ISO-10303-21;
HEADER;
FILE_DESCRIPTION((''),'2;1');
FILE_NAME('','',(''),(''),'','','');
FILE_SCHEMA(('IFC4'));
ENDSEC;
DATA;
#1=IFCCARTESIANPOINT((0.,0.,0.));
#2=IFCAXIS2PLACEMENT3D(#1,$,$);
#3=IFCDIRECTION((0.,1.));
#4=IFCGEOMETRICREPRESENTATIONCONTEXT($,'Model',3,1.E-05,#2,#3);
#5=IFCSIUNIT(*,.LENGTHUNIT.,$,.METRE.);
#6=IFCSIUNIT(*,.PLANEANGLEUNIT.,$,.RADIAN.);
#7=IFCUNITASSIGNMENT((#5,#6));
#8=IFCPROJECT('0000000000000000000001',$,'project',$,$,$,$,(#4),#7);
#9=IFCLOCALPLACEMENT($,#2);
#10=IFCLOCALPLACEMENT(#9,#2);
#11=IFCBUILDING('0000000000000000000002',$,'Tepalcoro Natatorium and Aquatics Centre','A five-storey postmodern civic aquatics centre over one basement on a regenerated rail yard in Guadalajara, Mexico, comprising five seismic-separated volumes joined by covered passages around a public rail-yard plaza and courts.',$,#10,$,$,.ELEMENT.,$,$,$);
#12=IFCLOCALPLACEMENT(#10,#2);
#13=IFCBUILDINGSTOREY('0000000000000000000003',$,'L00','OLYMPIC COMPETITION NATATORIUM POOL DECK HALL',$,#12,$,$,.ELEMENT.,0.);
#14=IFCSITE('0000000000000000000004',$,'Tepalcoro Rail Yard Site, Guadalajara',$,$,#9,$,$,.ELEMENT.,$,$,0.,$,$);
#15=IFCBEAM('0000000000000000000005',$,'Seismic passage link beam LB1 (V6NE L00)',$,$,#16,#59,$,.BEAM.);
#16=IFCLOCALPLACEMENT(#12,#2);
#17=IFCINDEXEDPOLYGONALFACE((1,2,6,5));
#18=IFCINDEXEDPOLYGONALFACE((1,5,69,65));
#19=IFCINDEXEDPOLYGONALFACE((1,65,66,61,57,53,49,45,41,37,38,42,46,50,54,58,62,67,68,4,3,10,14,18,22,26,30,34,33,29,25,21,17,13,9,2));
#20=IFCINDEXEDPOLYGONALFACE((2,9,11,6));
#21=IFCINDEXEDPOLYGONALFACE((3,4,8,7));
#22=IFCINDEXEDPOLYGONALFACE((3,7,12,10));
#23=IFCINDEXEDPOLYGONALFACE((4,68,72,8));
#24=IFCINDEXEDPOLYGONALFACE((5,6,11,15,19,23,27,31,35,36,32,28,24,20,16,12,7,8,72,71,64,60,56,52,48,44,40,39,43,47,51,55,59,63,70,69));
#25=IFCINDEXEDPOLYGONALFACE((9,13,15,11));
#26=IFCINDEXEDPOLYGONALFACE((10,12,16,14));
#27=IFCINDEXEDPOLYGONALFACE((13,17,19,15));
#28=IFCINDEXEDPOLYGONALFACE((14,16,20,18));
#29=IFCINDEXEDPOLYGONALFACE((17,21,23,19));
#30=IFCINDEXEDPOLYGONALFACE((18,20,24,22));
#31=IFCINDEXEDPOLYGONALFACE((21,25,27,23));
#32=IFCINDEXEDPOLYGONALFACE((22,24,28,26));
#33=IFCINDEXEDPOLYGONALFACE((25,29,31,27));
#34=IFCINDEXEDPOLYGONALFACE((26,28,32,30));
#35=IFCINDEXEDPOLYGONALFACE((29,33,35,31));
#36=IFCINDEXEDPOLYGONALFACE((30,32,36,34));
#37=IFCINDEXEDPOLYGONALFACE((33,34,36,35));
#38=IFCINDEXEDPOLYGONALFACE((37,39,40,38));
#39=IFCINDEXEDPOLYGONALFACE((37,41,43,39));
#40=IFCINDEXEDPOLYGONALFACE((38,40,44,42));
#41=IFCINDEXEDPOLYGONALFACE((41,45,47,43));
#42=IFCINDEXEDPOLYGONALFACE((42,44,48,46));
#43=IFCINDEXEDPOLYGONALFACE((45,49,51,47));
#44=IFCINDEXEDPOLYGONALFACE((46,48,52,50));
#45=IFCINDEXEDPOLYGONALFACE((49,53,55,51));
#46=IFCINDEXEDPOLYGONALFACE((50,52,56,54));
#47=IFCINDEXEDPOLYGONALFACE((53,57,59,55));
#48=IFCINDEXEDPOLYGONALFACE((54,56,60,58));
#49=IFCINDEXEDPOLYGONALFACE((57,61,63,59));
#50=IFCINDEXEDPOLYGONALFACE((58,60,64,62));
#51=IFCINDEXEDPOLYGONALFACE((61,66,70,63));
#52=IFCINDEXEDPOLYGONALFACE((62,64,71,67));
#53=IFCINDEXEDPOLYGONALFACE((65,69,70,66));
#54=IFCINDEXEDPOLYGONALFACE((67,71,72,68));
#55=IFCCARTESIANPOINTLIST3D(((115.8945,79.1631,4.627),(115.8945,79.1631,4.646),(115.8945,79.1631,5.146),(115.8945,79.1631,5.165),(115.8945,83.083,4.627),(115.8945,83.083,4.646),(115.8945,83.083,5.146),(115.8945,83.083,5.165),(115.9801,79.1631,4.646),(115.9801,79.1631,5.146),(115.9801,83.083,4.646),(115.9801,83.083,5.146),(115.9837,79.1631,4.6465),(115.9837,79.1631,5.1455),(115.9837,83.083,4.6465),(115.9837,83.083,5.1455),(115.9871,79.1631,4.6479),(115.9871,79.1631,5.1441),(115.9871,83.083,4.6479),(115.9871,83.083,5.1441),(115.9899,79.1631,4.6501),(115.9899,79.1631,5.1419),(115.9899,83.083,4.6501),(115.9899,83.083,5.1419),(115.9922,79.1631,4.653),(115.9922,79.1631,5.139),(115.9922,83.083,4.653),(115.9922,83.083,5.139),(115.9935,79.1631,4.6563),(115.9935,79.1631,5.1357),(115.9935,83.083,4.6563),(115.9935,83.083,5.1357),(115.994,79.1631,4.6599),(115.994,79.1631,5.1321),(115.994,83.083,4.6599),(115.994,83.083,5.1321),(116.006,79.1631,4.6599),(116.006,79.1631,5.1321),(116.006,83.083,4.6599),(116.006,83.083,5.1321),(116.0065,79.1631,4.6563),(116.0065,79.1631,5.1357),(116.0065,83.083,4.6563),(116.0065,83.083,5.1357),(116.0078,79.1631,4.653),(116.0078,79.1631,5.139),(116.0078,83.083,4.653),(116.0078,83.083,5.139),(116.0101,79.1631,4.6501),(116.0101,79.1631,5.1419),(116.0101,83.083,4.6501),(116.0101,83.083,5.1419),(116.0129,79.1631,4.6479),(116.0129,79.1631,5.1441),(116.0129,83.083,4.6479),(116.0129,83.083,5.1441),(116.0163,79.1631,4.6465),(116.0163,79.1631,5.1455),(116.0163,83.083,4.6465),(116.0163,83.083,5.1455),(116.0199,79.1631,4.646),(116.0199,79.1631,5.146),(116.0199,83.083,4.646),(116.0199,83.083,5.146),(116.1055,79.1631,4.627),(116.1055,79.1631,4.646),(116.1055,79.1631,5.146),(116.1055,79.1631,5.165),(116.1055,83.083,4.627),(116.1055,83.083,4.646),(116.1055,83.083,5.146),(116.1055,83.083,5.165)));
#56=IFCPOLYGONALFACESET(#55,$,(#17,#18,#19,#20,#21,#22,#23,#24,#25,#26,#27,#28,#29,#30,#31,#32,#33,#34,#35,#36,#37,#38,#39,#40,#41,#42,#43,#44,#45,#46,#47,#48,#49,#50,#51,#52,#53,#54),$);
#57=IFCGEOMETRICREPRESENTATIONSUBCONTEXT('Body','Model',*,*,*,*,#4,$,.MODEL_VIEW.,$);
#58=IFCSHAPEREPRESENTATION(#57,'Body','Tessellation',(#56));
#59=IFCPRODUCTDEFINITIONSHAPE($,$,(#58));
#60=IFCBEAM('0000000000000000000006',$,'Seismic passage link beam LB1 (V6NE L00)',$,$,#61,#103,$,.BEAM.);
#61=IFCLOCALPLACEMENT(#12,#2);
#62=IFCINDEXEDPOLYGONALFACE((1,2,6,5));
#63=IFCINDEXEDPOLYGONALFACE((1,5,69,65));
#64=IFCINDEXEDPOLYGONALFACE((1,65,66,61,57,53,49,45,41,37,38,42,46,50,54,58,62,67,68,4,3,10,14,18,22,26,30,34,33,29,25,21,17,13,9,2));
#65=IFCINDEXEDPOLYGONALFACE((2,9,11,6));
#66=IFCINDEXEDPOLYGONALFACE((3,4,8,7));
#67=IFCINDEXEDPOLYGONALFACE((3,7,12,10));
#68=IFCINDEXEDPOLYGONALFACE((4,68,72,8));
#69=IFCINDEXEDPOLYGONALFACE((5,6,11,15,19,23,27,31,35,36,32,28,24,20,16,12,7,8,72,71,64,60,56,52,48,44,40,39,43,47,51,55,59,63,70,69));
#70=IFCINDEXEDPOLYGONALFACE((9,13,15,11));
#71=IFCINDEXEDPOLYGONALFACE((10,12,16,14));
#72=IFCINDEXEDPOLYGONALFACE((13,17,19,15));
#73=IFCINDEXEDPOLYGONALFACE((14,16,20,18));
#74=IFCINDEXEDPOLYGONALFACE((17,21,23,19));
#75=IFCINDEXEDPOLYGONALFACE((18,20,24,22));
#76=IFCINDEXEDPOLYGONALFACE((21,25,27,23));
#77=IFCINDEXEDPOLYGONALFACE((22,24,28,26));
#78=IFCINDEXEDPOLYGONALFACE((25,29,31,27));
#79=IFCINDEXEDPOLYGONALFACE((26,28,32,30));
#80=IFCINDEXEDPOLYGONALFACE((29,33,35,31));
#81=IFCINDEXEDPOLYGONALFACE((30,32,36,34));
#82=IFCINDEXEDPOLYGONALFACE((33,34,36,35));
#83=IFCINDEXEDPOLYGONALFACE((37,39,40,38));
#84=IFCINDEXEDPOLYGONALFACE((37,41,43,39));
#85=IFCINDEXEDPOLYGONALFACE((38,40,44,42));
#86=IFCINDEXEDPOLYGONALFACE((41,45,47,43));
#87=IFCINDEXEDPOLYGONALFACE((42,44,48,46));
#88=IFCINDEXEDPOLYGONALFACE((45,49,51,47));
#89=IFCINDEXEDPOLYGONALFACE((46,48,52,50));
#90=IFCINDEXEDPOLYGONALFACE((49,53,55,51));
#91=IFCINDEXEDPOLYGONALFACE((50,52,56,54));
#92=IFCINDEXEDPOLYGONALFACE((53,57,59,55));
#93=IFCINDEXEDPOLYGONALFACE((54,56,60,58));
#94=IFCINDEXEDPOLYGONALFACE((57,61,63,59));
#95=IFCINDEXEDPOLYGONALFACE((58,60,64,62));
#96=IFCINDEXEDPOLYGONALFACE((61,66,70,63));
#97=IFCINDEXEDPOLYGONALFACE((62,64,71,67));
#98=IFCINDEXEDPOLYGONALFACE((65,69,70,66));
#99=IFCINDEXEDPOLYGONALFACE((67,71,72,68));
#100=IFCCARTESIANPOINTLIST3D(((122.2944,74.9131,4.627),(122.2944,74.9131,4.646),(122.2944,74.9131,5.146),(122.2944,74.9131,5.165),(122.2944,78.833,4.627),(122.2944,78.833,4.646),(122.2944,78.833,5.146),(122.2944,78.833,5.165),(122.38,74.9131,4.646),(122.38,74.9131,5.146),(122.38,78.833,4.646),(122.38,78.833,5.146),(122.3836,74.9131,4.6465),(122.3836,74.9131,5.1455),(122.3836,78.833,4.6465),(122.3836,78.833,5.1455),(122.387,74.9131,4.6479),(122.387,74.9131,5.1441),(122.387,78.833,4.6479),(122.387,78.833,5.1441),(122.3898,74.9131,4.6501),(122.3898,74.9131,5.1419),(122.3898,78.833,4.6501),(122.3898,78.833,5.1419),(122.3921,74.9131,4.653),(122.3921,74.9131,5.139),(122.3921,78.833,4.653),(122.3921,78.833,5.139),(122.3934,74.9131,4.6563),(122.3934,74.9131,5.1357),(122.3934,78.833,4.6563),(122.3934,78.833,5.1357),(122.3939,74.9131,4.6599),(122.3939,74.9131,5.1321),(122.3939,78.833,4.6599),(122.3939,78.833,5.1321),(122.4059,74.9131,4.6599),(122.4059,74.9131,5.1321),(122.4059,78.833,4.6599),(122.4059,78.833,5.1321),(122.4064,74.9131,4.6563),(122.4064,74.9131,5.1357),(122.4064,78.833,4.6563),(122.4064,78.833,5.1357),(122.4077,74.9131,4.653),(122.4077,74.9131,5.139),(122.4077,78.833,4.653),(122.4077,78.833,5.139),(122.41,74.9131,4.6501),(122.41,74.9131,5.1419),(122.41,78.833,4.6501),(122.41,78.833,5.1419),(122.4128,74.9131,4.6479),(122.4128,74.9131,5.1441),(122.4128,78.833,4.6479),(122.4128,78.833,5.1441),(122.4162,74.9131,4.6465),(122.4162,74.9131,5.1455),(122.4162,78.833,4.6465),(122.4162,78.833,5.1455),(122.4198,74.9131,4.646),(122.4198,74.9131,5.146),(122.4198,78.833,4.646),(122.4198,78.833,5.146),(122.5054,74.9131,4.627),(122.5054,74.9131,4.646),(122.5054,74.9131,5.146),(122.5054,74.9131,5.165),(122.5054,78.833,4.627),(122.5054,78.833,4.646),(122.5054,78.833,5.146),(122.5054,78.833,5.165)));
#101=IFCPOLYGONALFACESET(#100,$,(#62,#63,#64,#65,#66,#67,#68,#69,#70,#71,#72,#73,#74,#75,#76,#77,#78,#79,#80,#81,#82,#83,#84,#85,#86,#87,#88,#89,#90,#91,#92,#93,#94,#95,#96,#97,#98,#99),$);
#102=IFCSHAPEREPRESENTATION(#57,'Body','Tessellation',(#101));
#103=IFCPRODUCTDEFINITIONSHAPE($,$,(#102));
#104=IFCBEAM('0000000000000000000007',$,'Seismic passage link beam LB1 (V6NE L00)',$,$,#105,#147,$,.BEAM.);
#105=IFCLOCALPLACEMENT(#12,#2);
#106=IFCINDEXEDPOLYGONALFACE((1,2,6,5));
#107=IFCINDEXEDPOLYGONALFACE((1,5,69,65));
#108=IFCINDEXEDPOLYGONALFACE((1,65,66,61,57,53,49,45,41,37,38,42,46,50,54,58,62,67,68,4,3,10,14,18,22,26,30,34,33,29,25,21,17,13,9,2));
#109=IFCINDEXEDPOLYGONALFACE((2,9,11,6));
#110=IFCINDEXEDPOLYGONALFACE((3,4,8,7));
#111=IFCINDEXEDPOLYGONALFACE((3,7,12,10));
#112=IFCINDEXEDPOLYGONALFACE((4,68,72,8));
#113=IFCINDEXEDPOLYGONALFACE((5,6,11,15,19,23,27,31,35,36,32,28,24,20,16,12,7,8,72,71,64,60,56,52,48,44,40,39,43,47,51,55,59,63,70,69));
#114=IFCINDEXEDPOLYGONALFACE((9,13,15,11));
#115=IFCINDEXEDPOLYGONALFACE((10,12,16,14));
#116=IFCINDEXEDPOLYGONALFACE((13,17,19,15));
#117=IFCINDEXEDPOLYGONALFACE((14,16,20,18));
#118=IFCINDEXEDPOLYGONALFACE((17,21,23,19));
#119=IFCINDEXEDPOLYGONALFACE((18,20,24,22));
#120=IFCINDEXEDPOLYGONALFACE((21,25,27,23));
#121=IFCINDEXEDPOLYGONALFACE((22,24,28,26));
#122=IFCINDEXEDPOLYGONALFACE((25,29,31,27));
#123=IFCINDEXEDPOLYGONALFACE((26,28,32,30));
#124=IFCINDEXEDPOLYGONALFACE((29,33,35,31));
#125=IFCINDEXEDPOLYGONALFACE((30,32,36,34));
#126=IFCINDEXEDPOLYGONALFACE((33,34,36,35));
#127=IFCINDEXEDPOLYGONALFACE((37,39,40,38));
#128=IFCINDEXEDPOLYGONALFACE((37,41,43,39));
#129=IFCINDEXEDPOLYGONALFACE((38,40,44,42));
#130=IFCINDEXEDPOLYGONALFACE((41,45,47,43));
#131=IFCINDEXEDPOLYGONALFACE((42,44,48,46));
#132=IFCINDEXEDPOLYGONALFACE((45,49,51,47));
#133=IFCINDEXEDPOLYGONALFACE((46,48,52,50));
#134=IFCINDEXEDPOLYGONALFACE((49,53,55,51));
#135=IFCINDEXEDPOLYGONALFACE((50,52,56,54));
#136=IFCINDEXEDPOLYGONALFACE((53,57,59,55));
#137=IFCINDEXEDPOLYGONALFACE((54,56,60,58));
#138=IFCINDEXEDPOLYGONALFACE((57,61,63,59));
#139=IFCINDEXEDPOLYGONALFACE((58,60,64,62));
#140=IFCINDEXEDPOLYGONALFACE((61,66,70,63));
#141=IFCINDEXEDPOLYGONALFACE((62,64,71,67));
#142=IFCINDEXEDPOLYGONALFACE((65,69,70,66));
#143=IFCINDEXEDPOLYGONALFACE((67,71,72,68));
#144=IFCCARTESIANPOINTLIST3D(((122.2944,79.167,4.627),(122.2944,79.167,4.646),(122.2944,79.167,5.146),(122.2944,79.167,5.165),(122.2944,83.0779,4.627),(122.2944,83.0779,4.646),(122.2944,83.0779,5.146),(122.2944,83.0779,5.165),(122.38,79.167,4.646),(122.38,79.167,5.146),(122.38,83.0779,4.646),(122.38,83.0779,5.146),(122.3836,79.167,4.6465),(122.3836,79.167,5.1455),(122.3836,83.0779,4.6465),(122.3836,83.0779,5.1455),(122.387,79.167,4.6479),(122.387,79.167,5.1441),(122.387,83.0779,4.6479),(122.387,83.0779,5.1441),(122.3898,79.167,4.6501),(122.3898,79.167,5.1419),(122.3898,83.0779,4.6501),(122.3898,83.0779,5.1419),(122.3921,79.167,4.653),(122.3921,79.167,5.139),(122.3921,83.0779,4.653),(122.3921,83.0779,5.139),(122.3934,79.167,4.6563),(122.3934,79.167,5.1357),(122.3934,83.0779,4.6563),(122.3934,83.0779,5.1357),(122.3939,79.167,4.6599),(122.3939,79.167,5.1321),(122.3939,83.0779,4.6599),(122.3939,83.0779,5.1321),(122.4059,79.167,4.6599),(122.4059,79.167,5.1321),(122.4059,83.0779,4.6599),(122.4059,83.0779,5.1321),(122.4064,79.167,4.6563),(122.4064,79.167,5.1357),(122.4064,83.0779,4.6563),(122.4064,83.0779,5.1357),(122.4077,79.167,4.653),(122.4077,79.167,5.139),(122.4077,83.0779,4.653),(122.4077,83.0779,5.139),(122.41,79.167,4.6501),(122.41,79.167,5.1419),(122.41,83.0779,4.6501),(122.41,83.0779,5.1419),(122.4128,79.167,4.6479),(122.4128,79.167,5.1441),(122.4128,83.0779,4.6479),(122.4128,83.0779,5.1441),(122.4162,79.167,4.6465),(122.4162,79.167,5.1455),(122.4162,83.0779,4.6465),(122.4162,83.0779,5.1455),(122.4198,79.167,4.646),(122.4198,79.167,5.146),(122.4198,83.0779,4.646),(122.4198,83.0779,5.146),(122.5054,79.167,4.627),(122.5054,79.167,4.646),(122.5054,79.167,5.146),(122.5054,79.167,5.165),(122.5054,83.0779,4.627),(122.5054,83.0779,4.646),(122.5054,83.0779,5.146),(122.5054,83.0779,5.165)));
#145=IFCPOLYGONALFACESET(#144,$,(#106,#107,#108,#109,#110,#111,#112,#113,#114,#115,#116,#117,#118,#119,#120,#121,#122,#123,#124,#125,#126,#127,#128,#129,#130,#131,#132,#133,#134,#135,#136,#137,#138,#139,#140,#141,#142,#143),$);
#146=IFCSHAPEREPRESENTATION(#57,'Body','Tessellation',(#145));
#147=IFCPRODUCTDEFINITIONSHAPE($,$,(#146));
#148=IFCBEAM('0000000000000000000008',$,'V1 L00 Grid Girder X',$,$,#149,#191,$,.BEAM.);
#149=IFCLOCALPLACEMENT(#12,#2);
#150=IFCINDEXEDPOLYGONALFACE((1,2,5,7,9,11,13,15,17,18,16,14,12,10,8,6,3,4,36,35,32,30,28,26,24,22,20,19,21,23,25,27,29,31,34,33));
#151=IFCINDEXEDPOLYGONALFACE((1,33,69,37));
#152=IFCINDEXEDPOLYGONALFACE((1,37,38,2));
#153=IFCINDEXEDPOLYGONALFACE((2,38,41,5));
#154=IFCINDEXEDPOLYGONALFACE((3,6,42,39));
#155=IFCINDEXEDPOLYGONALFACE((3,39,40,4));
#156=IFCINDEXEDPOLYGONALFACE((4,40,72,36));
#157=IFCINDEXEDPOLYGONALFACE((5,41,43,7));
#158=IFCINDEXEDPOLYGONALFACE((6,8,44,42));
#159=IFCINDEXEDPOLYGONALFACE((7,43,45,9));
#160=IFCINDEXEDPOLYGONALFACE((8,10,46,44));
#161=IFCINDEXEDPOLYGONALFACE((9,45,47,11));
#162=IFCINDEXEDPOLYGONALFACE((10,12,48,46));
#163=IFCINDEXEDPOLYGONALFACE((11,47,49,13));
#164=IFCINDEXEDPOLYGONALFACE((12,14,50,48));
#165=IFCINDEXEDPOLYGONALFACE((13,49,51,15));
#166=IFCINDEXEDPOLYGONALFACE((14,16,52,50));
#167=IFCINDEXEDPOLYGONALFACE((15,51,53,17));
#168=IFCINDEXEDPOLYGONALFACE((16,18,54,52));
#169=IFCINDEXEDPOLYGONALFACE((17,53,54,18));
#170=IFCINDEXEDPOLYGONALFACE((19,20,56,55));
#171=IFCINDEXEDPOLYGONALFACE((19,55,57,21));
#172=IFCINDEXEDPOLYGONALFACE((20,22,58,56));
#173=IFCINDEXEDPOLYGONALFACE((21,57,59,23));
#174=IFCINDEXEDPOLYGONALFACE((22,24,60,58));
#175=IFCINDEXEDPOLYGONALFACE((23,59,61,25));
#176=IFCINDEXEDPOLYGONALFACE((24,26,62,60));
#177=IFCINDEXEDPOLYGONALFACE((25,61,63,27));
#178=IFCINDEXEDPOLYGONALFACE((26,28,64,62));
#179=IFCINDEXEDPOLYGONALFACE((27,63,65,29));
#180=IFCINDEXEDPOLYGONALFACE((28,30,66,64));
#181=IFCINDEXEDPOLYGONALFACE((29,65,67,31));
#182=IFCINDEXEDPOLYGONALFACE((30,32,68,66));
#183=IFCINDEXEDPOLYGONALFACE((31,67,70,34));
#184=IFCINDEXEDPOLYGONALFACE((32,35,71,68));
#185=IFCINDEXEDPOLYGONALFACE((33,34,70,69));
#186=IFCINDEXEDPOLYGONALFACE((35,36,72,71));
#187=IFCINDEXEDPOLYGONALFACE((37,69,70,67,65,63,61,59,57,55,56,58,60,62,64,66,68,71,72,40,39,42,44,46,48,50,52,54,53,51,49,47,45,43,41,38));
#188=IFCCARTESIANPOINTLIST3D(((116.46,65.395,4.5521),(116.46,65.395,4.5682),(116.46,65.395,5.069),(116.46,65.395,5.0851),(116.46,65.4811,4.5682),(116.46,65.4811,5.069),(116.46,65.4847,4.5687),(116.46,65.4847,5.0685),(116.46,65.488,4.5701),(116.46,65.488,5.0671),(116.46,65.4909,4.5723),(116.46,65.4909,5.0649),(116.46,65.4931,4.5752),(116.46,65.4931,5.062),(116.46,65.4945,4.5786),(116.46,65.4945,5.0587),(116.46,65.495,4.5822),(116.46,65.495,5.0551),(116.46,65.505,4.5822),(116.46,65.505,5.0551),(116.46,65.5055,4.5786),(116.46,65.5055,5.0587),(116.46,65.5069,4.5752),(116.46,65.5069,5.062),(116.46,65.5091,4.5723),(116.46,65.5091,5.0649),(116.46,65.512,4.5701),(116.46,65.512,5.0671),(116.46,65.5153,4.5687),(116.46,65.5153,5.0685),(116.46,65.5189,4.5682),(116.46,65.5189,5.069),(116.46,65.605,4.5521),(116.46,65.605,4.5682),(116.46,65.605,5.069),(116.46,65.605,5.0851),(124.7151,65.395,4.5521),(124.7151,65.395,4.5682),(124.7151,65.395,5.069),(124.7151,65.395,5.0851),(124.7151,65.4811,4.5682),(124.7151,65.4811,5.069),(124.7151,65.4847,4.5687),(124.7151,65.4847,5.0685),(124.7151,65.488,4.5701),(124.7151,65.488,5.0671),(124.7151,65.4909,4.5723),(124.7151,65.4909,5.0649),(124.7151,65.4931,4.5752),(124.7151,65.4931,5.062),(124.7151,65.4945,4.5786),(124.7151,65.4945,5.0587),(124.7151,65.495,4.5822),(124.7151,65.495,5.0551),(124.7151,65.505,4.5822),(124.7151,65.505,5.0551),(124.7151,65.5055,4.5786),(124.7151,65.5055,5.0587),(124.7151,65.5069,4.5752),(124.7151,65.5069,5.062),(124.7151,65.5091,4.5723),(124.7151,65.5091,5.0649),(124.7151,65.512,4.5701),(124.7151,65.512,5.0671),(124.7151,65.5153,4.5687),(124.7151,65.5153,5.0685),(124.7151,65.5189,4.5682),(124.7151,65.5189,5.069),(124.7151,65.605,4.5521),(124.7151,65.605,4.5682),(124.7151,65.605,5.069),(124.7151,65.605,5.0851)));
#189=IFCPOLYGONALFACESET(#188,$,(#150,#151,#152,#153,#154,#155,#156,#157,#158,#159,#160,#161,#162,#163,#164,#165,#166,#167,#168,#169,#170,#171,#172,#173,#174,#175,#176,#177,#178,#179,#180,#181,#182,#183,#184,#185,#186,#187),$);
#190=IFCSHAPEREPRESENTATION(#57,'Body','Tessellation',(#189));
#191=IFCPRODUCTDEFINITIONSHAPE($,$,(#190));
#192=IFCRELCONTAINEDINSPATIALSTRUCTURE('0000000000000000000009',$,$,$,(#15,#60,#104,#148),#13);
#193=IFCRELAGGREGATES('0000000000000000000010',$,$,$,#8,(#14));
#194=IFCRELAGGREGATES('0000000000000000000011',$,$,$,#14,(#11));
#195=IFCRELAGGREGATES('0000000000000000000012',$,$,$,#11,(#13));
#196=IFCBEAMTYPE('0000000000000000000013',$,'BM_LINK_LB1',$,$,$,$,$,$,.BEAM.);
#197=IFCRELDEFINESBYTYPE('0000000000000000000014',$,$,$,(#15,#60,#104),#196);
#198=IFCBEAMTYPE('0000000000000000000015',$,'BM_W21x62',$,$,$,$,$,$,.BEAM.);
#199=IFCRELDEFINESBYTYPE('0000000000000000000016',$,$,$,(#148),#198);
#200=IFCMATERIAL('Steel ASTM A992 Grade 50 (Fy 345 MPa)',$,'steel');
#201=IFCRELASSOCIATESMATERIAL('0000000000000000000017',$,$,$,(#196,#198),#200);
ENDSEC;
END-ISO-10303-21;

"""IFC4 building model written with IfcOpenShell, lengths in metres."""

from ifc_helpers import new_model, si_unit, direction, frame, origin, origin_2d, place, context, subcontext, project, spatial, i_section, extrude, material, material_profile, profile_set, type_object, element, save


model = new_model("IFC4")

# Units and contexts
model_context = context("Model", 3, precision=1e-05, world=origin(), true_north=direction((0.0, 1.0)))
body_context = subcontext(model_context, "Body", "Model", "MODEL_VIEW")
ifc_project = project(units=[si_unit("LENGTHUNIT", "METRE"), si_unit("PLANEANGLEUNIT", "RADIAN")], contexts=[model_context])

# Site, building, storey
site_placement = place(None, origin())
site = spatial("IfcSite", under=ifc_project, at=site_placement, Name="Tepalcoro Rail Yard Site, Guadalajara", CompositionType="ELEMENT", RefElevation=0.0)
building_placement = place(site_placement, origin())
building = spatial("IfcBuilding", under=site, at=building_placement, Name="Tepalcoro Natatorium and Aquatics Centre", Description="A five-storey postmodern civic aquatics centre over one basement on a regenerated rail yard in Guadalajara, Mexico, comprising five seismic-separated volumes joined by covered passages around a public rail-yard plaza and courts.", CompositionType="ELEMENT")
storey_placement = place(building_placement, origin())
storey = spatial("IfcBuildingStorey", under=building, at=storey_placement, Name="L00", Description="OLYMPIC COMPETITION NATATORIUM POOL DECK HALL", CompositionType="ELEMENT", Elevation=0.0)

# Shared definitions
ifc_material_1 = material(Name="Steel ASTM A992 Grade 50 (Fy 345 MPa)", Category="steel")

# Beams
ifc_material_profile_1 = material_profile(ifc_material_1, i_section(OverallWidth=0.2109, OverallDepth=0.5381, WebThickness=0.012, FlangeThickness=0.019, FilletRadius=0.0139, at=origin_2d()), Name="W21X73")
ifc_profile_set_1 = profile_set([ifc_material_profile_1], Name="Steel ASTM A992 Grade 50 (Fy 345 MPa)")
beam_type_1 = type_object("IfcBeamType", Name="BM_LINK_LB1", PredefinedType="BEAM", material=ifc_profile_set_1)
for number, where, z_axis, x_axis, name in (
    (1, (116.0, 79.1631, 4.896), (0.0, 1.0, 0.0), (-1.0, 0.0, 0.0), "Seismic passage link beam LB1 (V6NE L00)"),
    (2, (122.3999, 74.9131, 4.896), (0.0, 1.0, 0.0), (-1.0, 0.0, 0.0), "Seismic passage link beam LB1 (V6NE L00)"),
):
    element("IfcBeam", number, at=place(storey_placement, frame(where, z_axis=z_axis, x_axis=x_axis)), inside=storey, type_object=beam_type_1, Name=name, PredefinedType="BEAM", context=body_context, shape_type="SweptSolid", body=[
        extrude(i_section(OverallWidth=0.2109, OverallDepth=0.5381, WebThickness=0.012, FlangeThickness=0.019, FilletRadius=0.0139, at=origin_2d()), origin(), (0.0, 0.0, 1.0), 3.9199),
    ])
beam_1_placement = place(storey_placement, frame((122.3999, 79.167, 4.896), z_axis=(0.0, 1.0, 0.0), x_axis=(-1.0, 0.0, 0.0)))
element("IfcBeam", 3, at=beam_1_placement, inside=storey, type_object=beam_type_1, Name="Seismic passage link beam LB1 (V6NE L00)", PredefinedType="BEAM", context=body_context, shape_type="SweptSolid", body=[
    extrude(i_section(OverallWidth=0.2109, OverallDepth=0.5381, WebThickness=0.012, FlangeThickness=0.019, FilletRadius=0.0139, at=origin_2d()), origin(), (0.0, 0.0, 1.0), 3.9109),
])
ifc_material_profile_2 = material_profile(ifc_material_1, i_section(OverallWidth=0.21, OverallDepth=0.533, WebThickness=0.01, FlangeThickness=0.0161, FilletRadius=0.0139, at=origin_2d()), Name="W21X62")
ifc_profile_set_2 = profile_set([ifc_material_profile_2], Name="Steel ASTM A992 Grade 50 (Fy 345 MPa)")
beam_type_2 = type_object("IfcBeamType", Name="BM_W21x62", PredefinedType="BEAM", material=ifc_profile_set_2)
beam_2_placement = place(storey_placement, frame((116.46, 65.5, 4.8186), z_axis=(1.0, 0.0, 0.0), x_axis=(0.0, 1.0, 0.0)))
element("IfcBeam", 4, at=beam_2_placement, inside=storey, type_object=beam_type_2, Name="V1 L00 Grid Girder X", PredefinedType="BEAM", context=body_context, shape_type="SweptSolid", body=[
    extrude(i_section(OverallWidth=0.21, OverallDepth=0.533, WebThickness=0.01, FlangeThickness=0.0161, FilletRadius=0.0139, at=origin_2d()), origin(), (0.0, 0.0, 1.0), 8.2551),
])

save(model, "model.ifc")
